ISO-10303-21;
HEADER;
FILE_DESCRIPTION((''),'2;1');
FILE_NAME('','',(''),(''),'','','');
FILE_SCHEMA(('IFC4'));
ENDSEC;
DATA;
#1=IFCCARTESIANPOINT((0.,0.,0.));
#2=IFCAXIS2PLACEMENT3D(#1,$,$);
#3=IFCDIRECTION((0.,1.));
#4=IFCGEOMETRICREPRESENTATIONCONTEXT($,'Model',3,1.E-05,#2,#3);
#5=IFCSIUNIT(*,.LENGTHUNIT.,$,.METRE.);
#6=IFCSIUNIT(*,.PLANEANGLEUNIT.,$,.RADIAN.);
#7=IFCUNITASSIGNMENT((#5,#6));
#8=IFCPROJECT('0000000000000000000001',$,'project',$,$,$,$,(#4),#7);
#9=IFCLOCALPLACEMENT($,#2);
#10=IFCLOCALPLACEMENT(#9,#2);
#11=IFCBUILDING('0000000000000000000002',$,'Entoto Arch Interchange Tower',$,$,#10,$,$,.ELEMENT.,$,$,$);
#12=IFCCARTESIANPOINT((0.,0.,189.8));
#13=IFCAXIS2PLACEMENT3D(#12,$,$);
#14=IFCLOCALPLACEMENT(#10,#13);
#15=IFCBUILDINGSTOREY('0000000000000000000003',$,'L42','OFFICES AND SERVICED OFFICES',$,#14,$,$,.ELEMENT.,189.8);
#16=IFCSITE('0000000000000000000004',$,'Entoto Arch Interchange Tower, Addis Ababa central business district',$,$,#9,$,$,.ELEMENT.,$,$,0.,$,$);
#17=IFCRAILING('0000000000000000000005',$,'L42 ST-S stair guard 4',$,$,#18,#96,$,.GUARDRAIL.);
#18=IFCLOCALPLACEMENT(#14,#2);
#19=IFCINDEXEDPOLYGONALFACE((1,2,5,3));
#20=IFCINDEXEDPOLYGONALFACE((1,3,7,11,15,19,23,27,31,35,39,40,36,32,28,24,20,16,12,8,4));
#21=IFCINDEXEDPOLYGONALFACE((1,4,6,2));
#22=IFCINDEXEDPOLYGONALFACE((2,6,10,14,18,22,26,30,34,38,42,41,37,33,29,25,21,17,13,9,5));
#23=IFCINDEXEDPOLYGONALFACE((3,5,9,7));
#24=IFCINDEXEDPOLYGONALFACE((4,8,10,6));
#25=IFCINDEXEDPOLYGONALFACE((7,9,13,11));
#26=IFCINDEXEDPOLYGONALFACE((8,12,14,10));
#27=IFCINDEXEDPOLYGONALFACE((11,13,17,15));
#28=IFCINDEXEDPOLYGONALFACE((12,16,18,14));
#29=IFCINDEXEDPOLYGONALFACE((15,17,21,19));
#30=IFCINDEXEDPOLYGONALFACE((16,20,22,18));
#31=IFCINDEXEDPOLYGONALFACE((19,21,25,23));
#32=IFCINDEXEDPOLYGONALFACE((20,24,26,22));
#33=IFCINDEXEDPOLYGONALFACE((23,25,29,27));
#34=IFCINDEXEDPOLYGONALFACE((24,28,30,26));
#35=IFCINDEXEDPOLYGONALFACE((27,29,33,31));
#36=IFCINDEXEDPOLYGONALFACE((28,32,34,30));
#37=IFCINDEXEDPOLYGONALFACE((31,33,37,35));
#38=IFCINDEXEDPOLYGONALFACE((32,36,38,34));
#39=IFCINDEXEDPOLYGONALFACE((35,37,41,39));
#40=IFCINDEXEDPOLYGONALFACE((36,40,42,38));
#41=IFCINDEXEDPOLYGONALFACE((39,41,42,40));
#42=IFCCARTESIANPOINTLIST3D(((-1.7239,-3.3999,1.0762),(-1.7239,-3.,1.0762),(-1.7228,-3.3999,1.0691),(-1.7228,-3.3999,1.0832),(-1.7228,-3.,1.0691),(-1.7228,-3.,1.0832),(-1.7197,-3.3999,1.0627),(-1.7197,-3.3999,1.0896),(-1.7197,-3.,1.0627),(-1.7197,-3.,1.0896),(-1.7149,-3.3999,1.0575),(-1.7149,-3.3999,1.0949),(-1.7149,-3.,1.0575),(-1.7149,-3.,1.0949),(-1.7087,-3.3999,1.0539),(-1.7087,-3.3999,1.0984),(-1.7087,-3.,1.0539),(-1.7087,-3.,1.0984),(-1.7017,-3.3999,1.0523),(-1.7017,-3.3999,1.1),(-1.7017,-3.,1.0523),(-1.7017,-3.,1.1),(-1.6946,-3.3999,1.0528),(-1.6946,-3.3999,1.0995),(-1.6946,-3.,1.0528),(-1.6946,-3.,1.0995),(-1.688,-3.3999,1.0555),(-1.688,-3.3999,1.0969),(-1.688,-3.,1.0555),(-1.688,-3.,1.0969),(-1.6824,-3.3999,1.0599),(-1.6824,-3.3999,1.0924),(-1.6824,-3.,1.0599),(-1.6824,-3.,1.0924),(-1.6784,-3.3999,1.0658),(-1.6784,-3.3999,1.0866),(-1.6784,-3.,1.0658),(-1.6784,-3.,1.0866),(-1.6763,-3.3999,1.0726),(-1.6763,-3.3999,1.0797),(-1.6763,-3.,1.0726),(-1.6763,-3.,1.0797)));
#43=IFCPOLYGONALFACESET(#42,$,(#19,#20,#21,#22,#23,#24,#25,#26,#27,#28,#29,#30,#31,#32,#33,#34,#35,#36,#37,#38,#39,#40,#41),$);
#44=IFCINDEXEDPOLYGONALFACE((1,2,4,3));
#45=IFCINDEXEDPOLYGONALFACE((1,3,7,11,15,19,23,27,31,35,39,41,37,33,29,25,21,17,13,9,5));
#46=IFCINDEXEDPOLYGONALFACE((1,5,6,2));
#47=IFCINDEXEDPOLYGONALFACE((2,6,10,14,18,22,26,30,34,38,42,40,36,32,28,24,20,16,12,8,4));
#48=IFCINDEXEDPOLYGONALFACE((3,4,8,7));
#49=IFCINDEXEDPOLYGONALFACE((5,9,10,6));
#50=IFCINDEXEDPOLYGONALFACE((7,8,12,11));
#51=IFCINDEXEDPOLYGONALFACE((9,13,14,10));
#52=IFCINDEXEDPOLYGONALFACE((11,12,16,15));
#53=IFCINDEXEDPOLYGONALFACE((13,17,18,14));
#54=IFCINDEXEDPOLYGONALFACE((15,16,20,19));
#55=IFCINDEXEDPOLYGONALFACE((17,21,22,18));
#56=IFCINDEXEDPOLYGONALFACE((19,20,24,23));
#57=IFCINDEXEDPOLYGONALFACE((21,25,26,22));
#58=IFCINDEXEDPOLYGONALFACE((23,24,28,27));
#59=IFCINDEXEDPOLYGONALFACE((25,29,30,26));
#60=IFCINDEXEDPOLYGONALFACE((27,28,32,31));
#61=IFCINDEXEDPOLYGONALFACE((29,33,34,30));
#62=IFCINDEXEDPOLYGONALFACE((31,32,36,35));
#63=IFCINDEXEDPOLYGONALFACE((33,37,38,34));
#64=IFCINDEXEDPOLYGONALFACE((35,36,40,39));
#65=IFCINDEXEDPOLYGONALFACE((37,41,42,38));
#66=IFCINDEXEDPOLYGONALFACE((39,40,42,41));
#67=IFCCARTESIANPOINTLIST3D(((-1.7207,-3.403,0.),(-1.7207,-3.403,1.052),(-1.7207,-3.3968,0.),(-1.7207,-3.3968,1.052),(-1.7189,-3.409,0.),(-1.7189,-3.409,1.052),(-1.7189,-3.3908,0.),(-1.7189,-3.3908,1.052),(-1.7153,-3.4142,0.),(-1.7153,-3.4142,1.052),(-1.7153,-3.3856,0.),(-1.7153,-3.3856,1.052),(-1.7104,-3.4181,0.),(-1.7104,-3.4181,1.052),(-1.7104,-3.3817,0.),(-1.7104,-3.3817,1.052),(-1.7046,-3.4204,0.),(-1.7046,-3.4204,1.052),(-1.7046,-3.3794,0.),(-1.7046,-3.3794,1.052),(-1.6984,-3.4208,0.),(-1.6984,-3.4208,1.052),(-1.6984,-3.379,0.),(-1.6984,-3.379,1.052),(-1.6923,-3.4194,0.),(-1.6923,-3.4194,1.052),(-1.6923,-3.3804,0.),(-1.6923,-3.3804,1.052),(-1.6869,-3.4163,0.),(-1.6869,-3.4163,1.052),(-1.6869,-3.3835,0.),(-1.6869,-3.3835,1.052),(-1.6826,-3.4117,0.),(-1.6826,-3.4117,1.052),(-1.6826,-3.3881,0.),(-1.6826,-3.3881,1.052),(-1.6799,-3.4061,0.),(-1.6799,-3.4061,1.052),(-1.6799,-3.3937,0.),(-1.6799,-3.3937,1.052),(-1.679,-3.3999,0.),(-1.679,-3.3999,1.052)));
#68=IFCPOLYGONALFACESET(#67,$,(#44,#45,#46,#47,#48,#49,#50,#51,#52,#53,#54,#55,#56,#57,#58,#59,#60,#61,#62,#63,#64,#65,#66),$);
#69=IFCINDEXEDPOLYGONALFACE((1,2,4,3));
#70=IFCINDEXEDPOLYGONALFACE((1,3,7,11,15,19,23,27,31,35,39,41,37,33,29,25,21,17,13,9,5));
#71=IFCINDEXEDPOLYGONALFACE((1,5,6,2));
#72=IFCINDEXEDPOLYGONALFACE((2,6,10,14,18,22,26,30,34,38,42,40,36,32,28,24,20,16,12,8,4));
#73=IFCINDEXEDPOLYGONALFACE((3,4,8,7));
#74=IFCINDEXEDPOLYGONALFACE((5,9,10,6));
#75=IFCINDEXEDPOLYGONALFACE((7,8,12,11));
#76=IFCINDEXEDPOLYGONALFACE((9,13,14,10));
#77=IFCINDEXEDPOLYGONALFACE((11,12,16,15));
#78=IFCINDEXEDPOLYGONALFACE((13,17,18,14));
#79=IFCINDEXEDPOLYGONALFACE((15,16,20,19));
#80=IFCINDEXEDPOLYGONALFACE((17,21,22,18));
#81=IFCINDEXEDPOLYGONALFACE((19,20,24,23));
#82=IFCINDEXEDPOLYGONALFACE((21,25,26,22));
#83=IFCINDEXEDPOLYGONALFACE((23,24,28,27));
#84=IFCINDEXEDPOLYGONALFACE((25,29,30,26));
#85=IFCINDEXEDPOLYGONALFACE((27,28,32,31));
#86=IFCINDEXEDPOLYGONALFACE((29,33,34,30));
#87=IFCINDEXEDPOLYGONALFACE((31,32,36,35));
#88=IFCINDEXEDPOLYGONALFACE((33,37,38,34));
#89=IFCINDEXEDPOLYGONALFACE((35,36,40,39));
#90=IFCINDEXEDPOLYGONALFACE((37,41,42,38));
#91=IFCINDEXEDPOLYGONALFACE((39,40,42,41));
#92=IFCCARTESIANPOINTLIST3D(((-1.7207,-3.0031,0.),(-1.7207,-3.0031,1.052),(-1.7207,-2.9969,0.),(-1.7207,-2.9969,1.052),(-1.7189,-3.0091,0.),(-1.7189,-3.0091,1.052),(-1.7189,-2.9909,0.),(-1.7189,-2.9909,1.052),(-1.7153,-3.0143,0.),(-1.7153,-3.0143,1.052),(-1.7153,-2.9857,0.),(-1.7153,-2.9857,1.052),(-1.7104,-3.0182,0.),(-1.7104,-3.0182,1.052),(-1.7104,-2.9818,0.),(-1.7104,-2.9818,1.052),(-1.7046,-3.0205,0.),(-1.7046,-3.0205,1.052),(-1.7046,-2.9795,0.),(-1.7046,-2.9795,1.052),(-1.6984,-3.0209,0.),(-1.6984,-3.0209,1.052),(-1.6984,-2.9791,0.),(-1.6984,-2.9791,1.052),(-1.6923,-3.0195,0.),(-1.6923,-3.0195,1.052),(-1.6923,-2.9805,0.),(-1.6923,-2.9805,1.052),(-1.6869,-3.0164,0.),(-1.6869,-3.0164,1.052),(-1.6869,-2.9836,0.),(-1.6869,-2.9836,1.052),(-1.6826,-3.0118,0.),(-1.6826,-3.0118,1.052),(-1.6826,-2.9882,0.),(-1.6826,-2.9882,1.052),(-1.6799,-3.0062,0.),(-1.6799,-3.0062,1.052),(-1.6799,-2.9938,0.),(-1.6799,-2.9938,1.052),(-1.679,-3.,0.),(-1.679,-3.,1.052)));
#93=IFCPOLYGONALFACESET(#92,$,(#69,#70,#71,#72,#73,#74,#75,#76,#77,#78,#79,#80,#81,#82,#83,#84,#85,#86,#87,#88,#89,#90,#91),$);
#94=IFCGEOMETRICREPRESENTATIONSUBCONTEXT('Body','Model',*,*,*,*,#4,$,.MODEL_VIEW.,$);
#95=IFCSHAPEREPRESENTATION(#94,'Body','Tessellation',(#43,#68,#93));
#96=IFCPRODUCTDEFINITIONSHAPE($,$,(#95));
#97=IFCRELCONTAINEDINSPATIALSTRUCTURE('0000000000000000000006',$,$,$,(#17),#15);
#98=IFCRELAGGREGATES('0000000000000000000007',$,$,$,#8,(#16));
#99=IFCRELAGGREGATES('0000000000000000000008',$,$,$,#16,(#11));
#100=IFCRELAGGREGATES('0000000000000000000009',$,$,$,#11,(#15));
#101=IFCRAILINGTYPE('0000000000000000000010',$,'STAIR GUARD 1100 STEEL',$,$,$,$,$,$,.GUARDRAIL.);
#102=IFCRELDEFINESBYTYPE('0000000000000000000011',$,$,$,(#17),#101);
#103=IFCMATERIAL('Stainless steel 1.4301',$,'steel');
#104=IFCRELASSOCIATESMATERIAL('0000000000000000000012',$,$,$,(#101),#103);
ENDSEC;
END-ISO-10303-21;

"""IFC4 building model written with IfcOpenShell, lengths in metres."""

from ifc_helpers import new_model, si_unit, direction, frame, origin, origin_2d, place, context, subcontext, project, spatial, circle, extrude, material, type_object, element, save


model = new_model("IFC4")

# Units and contexts
model_context = context("Model", 3, precision=1e-05, world=origin(), true_north=direction((0.0, 1.0)))
body_context = subcontext(model_context, "Body", "Model", "MODEL_VIEW")
ifc_project = project(units=[si_unit("LENGTHUNIT", "METRE"), si_unit("PLANEANGLEUNIT", "RADIAN")], contexts=[model_context])

# Site, building, storey
site_placement = place(None, origin())
site = spatial("IfcSite", under=ifc_project, at=site_placement, Name="Entoto Arch Interchange Tower, Addis Ababa central business district", CompositionType="ELEMENT", RefElevation=0.0)
building_placement = place(site_placement, origin())
building = spatial("IfcBuilding", under=site, at=building_placement, Name="Entoto Arch Interchange Tower", CompositionType="ELEMENT")
storey_placement = place(building_placement, frame((0.0, 0.0, 189.8)))
storey = spatial("IfcBuildingStorey", under=building, at=storey_placement, Name="L42", Description="OFFICES AND SERVICED OFFICES", CompositionType="ELEMENT", Elevation=189.8)

# Railing
ifc_material_1 = material(Name="Stainless steel 1.4301", Category="steel")
railing_type_1 = type_object("IfcRailingType", Name="STAIR GUARD 1100 STEEL", PredefinedType="GUARDRAIL", material=ifc_material_1)
railing_1_placement = place(storey_placement, frame((-1.7, -3.3999, 0.0)))
element("IfcRailing", 1, at=railing_1_placement, inside=storey, type_object=railing_type_1, Name="L42 ST-S stair guard 4", PredefinedType="GUARDRAIL", context=body_context, shape_type="SweptSolid", body=[
    extrude(circle(Radius=0.0239, at=origin_2d()), frame((0.0, 0.0, 1.0762), z_axis=(0.0, 1.0, 0.0), x_axis=(-1.0, 0.0, 0.0)), (0.0, 0.0, 1.0), 0.3999),
    extrude(circle(Radius=0.021, at=origin_2d()), origin(), (0.0, 0.0, 1.0), 1.052),
    extrude(circle(Radius=0.021, at=origin_2d()), frame((0.0, 0.3999, 0.0)), (0.0, 0.0, 1.0), 1.052),
])

save(model, "model.ifc")
